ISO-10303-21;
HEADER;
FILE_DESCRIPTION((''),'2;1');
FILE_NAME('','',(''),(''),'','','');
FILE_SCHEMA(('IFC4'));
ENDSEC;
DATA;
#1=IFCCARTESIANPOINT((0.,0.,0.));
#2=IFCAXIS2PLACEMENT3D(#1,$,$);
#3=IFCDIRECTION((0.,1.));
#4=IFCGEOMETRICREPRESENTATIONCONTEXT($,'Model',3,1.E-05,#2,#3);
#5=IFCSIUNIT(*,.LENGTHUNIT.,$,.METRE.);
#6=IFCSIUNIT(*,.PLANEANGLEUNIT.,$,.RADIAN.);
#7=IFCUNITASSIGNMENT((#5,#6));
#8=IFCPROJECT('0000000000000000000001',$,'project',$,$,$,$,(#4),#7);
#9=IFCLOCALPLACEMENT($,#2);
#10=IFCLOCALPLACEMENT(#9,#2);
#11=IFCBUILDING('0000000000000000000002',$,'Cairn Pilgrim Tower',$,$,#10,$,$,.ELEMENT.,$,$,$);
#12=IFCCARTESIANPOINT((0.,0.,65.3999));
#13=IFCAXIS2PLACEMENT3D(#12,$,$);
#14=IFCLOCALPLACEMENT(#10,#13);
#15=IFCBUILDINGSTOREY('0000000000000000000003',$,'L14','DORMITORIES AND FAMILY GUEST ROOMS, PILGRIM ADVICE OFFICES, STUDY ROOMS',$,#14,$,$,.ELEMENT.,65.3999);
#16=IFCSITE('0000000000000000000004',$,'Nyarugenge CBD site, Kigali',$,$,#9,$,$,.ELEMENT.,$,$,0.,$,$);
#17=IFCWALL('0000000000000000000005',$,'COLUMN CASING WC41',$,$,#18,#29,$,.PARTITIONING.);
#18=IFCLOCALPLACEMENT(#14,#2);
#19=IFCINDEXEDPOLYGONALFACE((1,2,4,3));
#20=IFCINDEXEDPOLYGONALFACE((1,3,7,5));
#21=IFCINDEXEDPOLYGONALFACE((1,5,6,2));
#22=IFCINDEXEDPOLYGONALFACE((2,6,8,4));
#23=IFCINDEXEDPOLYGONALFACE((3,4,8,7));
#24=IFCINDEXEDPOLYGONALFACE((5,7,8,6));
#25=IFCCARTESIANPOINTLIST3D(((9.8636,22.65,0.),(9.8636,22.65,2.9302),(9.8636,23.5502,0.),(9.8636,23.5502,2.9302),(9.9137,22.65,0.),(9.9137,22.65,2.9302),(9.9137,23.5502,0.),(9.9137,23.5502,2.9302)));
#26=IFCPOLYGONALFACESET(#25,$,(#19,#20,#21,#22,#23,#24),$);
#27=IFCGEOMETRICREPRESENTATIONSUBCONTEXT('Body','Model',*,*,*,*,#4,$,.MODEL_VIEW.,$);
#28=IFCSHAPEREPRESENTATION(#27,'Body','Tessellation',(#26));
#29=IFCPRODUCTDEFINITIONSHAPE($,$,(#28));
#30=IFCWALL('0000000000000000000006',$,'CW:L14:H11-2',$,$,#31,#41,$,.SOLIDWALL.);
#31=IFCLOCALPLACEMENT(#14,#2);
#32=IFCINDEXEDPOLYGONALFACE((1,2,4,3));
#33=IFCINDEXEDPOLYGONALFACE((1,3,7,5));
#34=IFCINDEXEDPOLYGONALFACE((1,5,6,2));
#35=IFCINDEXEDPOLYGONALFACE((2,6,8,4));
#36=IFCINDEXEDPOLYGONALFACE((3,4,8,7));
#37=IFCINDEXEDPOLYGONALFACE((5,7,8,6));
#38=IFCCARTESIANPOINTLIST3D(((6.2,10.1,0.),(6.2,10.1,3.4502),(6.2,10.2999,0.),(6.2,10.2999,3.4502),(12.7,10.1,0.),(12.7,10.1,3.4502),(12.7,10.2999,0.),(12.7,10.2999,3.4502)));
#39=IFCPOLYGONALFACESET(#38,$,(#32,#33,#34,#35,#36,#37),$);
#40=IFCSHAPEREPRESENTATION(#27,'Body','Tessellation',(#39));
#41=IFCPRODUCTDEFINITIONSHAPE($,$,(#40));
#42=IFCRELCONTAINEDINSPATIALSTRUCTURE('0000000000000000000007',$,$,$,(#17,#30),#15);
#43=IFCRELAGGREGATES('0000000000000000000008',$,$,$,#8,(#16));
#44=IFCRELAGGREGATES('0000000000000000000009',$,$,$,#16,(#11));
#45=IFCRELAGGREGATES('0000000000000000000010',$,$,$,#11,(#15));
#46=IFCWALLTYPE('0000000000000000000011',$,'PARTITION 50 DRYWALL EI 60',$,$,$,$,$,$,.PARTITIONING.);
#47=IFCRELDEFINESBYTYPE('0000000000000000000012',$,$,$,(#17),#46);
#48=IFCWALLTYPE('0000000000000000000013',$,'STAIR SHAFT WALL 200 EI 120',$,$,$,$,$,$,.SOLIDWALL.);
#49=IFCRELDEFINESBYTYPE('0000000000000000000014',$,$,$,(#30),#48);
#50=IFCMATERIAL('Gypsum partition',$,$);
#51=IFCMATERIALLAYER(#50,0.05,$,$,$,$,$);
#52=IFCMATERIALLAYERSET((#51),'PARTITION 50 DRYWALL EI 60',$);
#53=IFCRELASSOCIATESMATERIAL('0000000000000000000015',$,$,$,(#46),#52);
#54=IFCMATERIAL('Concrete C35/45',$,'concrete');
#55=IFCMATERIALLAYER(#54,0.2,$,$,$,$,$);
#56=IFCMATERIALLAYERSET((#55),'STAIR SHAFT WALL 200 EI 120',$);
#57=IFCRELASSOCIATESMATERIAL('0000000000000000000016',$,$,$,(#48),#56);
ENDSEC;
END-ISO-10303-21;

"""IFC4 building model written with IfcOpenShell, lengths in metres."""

from ifc_helpers import new_model, si_unit, direction, frame, frame_2d, origin, place, context, subcontext, project, spatial, rectangle, extrude, material, layer, layer_set, type_object, element, save


model = new_model("IFC4")

# Units and contexts
model_context = context("Model", 3, precision=1e-05, world=origin(), true_north=direction((0.0, 1.0)))
body_context = subcontext(model_context, "Body", "Model", "MODEL_VIEW")
ifc_project = project(units=[si_unit("LENGTHUNIT", "METRE"), si_unit("PLANEANGLEUNIT", "RADIAN")], contexts=[model_context])

# Site, building, storey
site_placement = place(None, origin())
site = spatial("IfcSite", under=ifc_project, at=site_placement, Name="Nyarugenge CBD site, Kigali", CompositionType="ELEMENT", RefElevation=0.0)
building_placement = place(site_placement, origin())
building = spatial("IfcBuilding", under=site, at=building_placement, Name="Cairn Pilgrim Tower", CompositionType="ELEMENT")
storey_placement = place(building_placement, frame((0.0, 0.0, 65.3999)))
storey = spatial("IfcBuildingStorey", under=building, at=storey_placement, Name="L14", Description="DORMITORIES AND FAMILY GUEST ROOMS, PILGRIM ADVICE OFFICES, STUDY ROOMS", CompositionType="ELEMENT", Elevation=65.3999)

# Shared definitions
ifc_material_1 = material(Name="Gypsum partition")

# Walls
ifc_layer_1 = layer(ifc_material_1, 0.05)
ifc_layer_set_1 = layer_set([ifc_layer_1], Name="PARTITION 50 DRYWALL EI 60")
wall_type_1 = type_object("IfcWallType", Name="PARTITION 50 DRYWALL EI 60", PredefinedType="PARTITIONING", material=ifc_layer_set_1)
for number, where, z_axis, x_axis, name in (
    (1, (9.8887, 22.6499, 0.0), (0.0, 0.0, 1.0), (0.0, 1.0, 0.0), "COLUMN CASING WC41"),
):
    element("IfcWall", number, at=place(storey_placement, frame(where, z_axis=z_axis, x_axis=x_axis)), inside=storey, type_object=wall_type_1, Name=name, PredefinedType="PARTITIONING", context=body_context, shape_type="SweptSolid", body=[
        extrude(rectangle(XDim=0.9001, YDim=0.05, at=frame_2d((0.4502, 0.0))), origin(), (0.0, 0.0, 1.0), 2.9302),
    ])
ifc_material_2 = material(Name="Concrete C35/45", Category="concrete")
ifc_layer_2 = layer(ifc_material_2, 0.2)
ifc_layer_set_2 = layer_set([ifc_layer_2], Name="STAIR SHAFT WALL 200 EI 120")
wall_type_2 = type_object("IfcWallType", Name="STAIR SHAFT WALL 200 EI 120", PredefinedType="SOLIDWALL", material=ifc_layer_set_2)
wall_1_placement = place(storey_placement, frame((6.2, 10.2, 0.0), z_axis=(0.0, 0.0, 1.0), x_axis=(1.0, 0.0, 0.0)))
element("IfcWall", 2, at=wall_1_placement, inside=storey, type_object=wall_type_2, Name="CW:L14:H11-2", PredefinedType="SOLIDWALL", context=body_context, shape_type="SweptSolid", body=[
    extrude(rectangle(XDim=6.5, YDim=0.2, at=frame_2d((3.25, 0.0))), origin(), (0.0, 0.0, 1.0), 3.4502),
])

save(model, "model.ifc")
